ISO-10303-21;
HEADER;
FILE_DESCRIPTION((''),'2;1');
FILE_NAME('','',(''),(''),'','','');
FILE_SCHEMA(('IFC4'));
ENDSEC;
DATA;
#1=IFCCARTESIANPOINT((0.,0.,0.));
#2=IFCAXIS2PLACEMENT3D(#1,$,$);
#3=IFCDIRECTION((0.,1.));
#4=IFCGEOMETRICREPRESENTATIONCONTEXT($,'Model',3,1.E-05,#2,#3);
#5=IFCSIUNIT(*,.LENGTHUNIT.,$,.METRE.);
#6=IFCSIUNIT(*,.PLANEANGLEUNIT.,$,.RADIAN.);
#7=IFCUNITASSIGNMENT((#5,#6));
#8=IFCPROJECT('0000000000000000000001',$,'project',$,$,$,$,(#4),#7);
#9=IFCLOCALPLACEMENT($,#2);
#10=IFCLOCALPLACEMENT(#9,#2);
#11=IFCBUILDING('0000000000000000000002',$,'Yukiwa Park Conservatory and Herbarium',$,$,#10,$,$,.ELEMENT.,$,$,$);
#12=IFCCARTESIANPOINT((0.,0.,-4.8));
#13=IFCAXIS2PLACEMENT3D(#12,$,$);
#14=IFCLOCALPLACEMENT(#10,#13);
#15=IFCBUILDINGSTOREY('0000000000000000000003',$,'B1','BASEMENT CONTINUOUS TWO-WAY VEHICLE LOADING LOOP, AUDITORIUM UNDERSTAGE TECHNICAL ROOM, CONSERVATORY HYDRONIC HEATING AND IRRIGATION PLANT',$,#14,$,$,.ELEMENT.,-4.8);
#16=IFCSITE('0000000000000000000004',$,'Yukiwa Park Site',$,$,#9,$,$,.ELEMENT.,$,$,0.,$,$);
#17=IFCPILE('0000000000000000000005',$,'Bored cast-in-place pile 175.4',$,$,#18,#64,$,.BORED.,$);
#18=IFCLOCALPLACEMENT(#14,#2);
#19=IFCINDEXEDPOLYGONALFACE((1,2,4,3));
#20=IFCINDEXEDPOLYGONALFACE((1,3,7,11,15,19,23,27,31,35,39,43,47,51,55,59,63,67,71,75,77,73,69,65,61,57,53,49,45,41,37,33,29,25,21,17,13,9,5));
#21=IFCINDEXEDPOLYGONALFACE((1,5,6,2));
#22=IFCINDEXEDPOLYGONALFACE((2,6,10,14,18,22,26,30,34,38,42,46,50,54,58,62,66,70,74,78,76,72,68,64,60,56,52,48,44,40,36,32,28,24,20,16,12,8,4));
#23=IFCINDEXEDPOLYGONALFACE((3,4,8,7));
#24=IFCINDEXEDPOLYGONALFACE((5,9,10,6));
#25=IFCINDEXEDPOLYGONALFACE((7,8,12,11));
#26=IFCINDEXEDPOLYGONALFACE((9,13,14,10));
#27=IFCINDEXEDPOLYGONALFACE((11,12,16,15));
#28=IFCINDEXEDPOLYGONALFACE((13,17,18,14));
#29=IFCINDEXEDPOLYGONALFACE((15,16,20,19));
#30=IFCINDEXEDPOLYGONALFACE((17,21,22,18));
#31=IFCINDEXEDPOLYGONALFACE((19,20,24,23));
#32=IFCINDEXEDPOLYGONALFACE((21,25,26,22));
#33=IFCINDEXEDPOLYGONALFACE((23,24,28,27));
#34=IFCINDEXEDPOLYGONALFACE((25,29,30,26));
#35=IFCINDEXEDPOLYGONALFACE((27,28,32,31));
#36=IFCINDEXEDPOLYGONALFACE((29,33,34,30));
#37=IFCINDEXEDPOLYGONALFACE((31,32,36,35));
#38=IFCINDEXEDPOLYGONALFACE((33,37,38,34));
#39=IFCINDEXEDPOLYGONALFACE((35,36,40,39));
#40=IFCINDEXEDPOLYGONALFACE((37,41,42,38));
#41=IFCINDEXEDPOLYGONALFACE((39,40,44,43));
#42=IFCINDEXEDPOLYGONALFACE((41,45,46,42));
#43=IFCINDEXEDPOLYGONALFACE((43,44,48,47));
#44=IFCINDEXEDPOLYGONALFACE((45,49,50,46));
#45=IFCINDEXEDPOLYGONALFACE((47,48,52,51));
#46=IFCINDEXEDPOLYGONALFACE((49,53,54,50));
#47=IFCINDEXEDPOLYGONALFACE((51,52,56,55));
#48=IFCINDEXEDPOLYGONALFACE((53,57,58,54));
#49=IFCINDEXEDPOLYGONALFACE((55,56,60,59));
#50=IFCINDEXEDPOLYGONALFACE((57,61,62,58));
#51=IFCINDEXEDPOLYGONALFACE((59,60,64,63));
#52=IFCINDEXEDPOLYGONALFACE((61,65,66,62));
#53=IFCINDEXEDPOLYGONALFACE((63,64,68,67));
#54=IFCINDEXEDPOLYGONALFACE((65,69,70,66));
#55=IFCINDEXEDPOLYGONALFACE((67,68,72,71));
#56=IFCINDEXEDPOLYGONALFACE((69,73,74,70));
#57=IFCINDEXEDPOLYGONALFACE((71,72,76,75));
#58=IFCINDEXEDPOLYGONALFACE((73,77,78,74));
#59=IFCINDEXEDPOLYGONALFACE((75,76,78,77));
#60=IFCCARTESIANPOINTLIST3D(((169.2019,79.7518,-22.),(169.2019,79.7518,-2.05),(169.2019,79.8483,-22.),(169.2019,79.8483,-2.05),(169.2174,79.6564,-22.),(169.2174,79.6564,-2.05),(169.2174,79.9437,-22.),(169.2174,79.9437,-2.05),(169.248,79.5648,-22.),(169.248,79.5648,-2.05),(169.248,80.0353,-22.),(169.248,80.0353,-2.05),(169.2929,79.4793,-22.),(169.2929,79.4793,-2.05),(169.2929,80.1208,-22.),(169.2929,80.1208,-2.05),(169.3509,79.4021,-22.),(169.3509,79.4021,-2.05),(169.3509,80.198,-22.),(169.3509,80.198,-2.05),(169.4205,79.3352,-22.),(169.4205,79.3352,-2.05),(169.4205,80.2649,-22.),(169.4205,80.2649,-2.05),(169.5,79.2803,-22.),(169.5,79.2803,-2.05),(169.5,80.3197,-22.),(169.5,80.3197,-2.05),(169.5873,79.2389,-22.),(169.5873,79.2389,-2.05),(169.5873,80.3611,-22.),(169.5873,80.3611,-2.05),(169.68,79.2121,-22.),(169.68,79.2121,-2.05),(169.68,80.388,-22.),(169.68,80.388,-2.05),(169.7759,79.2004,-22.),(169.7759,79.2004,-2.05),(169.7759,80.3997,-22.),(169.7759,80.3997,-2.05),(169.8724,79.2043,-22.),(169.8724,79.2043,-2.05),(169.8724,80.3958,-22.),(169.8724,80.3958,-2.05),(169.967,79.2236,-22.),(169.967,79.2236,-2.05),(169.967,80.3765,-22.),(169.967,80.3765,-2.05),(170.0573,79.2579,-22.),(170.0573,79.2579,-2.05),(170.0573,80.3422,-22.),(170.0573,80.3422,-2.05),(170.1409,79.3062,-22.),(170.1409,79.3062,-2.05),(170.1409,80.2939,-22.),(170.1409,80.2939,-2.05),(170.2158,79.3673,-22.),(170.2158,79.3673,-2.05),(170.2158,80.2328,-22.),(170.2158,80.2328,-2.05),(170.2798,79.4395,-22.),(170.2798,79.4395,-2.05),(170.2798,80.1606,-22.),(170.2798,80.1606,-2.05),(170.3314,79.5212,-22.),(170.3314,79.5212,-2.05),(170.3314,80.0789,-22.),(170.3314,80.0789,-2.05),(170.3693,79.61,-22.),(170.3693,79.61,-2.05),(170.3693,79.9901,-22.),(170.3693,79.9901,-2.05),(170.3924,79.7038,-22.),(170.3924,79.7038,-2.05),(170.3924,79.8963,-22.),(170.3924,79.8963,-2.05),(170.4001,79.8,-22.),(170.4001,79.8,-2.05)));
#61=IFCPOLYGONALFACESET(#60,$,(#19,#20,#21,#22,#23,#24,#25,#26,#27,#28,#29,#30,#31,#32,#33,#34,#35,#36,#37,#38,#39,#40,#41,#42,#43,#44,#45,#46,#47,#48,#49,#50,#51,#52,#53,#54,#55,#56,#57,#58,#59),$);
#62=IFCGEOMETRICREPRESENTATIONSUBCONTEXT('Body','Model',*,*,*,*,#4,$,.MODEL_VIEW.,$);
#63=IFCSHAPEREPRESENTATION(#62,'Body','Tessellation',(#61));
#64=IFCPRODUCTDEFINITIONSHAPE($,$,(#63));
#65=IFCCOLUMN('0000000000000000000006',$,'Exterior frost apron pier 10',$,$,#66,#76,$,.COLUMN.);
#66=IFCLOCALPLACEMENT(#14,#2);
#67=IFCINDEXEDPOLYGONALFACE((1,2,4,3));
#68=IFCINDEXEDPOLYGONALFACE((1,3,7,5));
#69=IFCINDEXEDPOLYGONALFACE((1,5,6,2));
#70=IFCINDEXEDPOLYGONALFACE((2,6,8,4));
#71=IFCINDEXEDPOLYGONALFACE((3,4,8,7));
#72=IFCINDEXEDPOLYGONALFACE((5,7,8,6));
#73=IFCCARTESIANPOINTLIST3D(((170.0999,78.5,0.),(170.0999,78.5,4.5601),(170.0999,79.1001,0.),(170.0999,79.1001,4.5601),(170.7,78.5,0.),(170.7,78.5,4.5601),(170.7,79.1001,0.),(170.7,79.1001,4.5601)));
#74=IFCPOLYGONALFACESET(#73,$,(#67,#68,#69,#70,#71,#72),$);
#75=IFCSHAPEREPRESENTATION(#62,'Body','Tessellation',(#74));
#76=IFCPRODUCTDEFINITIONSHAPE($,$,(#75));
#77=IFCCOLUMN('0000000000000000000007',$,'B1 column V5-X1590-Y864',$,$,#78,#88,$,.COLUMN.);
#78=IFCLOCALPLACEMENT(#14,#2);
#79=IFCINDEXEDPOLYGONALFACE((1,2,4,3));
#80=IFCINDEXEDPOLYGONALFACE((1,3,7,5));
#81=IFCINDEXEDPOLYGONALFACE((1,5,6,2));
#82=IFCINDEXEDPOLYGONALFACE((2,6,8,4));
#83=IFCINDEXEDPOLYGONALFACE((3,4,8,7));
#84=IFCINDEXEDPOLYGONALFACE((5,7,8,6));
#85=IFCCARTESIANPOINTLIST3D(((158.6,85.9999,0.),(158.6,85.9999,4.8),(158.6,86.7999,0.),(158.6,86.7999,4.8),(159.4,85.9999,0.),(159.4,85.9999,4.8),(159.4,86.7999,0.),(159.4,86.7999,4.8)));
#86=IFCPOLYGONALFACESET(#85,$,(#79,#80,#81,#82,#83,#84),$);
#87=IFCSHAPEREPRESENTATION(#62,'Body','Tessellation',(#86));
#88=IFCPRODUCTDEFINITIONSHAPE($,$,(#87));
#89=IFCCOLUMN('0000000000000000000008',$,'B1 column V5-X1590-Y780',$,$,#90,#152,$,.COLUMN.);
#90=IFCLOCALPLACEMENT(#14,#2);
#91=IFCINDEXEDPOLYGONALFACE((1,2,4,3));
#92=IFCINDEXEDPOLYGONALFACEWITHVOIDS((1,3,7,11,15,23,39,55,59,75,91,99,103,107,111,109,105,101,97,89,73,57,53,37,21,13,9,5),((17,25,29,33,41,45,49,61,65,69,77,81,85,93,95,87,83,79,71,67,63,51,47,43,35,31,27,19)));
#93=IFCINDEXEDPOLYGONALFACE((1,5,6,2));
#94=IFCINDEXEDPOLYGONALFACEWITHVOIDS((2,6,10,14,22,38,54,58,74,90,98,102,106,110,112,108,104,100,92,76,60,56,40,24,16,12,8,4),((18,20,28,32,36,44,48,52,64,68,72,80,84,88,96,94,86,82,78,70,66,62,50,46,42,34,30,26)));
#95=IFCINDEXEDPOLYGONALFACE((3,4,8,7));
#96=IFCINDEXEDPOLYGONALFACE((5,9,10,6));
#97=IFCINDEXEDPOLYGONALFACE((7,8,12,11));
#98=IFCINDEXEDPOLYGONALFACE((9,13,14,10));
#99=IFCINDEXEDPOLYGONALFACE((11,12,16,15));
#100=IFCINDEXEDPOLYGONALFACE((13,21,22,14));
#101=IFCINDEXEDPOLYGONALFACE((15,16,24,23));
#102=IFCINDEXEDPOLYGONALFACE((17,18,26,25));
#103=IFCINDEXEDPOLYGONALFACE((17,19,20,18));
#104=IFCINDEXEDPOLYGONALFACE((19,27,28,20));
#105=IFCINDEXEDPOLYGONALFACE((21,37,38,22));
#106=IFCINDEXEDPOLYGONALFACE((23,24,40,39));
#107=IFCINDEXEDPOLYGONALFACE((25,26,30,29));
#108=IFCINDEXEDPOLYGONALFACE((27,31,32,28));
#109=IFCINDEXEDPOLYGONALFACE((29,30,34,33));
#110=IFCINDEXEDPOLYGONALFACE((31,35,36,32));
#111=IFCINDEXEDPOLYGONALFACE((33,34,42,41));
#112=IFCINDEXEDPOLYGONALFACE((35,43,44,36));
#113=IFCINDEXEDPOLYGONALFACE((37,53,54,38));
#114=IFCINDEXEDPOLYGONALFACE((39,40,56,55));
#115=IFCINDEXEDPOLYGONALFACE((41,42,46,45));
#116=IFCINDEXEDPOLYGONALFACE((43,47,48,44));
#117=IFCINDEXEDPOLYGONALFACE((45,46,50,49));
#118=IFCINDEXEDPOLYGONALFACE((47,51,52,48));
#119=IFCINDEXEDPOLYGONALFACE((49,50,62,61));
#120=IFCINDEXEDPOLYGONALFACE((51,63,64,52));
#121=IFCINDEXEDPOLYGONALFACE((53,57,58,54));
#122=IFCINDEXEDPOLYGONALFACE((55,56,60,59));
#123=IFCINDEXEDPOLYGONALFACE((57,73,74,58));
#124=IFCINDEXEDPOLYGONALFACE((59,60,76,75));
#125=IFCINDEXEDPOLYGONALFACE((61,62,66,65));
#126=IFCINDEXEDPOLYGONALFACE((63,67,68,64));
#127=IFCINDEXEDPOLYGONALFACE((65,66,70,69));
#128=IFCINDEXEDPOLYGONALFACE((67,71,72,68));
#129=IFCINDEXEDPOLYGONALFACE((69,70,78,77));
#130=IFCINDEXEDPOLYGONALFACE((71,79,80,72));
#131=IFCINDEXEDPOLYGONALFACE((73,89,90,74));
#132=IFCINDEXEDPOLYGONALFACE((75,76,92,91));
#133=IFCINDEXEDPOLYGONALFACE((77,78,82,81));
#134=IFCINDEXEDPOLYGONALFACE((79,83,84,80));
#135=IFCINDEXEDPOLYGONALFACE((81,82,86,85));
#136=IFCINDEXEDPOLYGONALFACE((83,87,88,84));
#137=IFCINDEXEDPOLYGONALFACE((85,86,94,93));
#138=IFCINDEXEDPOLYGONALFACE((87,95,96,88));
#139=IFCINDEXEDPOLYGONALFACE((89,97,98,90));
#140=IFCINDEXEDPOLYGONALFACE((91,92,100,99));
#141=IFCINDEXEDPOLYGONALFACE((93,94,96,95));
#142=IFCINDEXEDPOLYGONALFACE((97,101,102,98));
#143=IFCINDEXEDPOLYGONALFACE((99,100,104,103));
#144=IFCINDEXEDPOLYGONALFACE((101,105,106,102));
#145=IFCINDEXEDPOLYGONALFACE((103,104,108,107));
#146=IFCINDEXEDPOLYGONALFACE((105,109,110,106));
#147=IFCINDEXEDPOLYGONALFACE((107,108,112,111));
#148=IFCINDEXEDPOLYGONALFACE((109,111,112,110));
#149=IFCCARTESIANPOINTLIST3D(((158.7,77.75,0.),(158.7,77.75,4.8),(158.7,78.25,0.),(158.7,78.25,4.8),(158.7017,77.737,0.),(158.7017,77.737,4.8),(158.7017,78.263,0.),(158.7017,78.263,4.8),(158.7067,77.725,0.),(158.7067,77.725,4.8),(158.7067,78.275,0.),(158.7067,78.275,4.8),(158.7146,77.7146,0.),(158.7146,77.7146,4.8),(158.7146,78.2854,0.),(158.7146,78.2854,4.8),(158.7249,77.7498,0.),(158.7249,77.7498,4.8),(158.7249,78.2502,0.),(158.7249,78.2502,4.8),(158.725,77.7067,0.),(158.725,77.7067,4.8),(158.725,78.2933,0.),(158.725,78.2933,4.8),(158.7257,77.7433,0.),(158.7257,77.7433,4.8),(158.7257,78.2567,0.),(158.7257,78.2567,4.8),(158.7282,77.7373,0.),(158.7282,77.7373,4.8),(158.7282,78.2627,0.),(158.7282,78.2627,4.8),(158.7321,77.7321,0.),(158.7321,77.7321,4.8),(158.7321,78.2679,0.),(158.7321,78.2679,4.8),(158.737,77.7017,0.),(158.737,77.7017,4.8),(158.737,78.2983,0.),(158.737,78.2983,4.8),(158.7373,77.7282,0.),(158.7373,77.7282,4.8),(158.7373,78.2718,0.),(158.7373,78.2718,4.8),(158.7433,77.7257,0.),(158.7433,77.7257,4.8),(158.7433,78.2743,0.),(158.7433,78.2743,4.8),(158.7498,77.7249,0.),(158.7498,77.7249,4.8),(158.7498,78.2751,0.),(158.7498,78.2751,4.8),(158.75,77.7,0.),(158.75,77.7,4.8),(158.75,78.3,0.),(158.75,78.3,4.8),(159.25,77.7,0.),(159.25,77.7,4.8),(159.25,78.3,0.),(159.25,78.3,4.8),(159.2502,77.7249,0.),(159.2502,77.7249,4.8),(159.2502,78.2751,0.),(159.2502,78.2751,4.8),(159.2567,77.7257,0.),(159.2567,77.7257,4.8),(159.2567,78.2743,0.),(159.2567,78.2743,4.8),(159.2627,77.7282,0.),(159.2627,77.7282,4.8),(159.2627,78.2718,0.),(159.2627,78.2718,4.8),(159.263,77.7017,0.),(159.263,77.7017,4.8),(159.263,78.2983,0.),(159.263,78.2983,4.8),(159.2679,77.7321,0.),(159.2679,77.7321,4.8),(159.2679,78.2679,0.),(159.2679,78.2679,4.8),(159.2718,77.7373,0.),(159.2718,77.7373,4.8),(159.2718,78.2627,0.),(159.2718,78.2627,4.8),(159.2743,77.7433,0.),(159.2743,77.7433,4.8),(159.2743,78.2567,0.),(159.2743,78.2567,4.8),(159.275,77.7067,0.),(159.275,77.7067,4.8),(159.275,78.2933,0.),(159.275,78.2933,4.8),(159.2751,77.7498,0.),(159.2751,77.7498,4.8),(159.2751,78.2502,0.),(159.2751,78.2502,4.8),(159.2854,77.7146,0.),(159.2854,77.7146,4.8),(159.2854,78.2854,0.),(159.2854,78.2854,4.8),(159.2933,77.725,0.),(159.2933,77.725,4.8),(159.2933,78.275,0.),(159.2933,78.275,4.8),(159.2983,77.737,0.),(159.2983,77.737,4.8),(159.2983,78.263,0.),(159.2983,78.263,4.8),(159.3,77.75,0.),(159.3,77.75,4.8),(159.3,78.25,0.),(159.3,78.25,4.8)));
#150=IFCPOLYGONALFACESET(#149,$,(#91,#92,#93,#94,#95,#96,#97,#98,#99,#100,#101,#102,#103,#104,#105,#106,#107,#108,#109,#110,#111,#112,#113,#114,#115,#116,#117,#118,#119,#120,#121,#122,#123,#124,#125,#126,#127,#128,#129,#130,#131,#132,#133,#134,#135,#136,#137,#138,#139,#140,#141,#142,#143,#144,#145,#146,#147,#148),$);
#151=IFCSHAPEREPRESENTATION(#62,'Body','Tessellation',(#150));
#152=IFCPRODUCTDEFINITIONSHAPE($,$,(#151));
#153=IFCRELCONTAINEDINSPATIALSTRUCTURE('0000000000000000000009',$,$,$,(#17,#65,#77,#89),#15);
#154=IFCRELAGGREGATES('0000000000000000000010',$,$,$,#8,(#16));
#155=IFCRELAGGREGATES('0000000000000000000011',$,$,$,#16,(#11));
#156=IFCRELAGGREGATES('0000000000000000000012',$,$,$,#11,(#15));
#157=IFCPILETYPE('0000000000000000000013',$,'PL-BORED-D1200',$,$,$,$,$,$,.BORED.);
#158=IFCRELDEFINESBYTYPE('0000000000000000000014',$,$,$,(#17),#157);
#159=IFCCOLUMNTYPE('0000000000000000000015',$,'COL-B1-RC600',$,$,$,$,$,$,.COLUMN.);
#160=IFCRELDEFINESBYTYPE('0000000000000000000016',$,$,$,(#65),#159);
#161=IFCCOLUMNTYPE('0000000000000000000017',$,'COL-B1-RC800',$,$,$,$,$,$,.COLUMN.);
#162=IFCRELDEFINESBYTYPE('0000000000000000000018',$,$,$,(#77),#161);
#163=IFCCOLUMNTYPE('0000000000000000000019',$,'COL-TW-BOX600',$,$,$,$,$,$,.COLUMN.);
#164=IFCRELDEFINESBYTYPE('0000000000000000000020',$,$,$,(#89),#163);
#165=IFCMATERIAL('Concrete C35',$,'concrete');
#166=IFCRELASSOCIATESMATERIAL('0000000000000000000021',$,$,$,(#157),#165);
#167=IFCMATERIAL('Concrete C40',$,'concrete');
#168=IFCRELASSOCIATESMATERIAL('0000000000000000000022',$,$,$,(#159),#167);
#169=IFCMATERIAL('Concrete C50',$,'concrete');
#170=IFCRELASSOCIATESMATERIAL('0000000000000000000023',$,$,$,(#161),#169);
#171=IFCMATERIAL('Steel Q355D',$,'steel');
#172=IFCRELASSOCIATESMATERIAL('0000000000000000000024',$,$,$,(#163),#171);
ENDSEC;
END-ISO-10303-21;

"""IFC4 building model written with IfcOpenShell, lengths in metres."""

from ifc_helpers import new_model, si_unit, direction, frame, origin, origin_2d, place, context, subcontext, project, spatial, rectangle, hollow_rectangle, circle, extrude, material, material_profile, profile_set, type_object, element, save


model = new_model("IFC4")

# Units and contexts
model_context = context("Model", 3, precision=1e-05, world=origin(), true_north=direction((0.0, 1.0)))
body_context = subcontext(model_context, "Body", "Model", "MODEL_VIEW")
ifc_project = project(units=[si_unit("LENGTHUNIT", "METRE"), si_unit("PLANEANGLEUNIT", "RADIAN")], contexts=[model_context])

# Site, building, storey
site_placement = place(None, origin())
site = spatial("IfcSite", under=ifc_project, at=site_placement, Name="Yukiwa Park Site", CompositionType="ELEMENT", RefElevation=0.0)
building_placement = place(site_placement, origin())
building = spatial("IfcBuilding", under=site, at=building_placement, Name="Yukiwa Park Conservatory and Herbarium", CompositionType="ELEMENT")
storey_placement = place(building_placement, frame((0.0, 0.0, -4.8)))
storey = spatial("IfcBuildingStorey", under=building, at=storey_placement, Name="B1", Description="BASEMENT CONTINUOUS TWO-WAY VEHICLE LOADING LOOP, AUDITORIUM UNDERSTAGE TECHNICAL ROOM, CONSERVATORY HYDRONIC HEATING AND IRRIGATION PLANT", CompositionType="ELEMENT", Elevation=-4.8)

# Pile
ifc_material_1 = material(Name="Concrete C35", Category="concrete")
ifc_material_profile_1 = material_profile(ifc_material_1, circle(Radius=0.6001, at=origin_2d()), Name="PILE D1200")
ifc_profile_set_1 = profile_set([ifc_material_profile_1], Name="Concrete C35")
pile_type_1 = type_object("IfcPileType", Name="PL-BORED-D1200", PredefinedType="BORED", material=ifc_profile_set_1)
for number, where, z_axis, x_axis, name in (
    (1, (169.8, 79.8, -2.05), (0.0, 0.0, -1.0), (1.0, 0.0, 0.0), "Bored cast-in-place pile 175.4"),
):
    element("IfcPile", number, at=place(storey_placement, frame(where, z_axis=z_axis, x_axis=x_axis)), inside=storey, type_object=pile_type_1, Name=name, PredefinedType="BORED", context=body_context, shape_type="SweptSolid", body=[
        extrude(circle(Radius=0.6001, at=origin_2d()), origin(), (0.0, 0.0, 1.0), 19.95),
    ])

# Columns
ifc_material_2 = material(Name="Concrete C40", Category="concrete")
ifc_material_profile_2 = material_profile(ifc_material_2, rectangle(XDim=0.6001, YDim=0.6001, at=origin_2d()), Name="RC 600x600")
ifc_profile_set_2 = profile_set([ifc_material_profile_2], Name="Concrete C40")
column_type_1 = type_object("IfcColumnType", Name="COL-B1-RC600", PredefinedType="COLUMN", material=ifc_profile_set_2)
column_1_placement = place(storey_placement, frame((170.3999, 78.8, 0.0), z_axis=(0.0, 0.0, 1.0), x_axis=(1.0, 0.0, 0.0)))
element("IfcColumn", 2, at=column_1_placement, inside=storey, type_object=column_type_1, Name="Exterior frost apron pier 10", PredefinedType="COLUMN", context=body_context, shape_type="SweptSolid", body=[
    extrude(rectangle(XDim=0.6001, YDim=0.6001, at=origin_2d()), origin(), (0.0, 0.0, 1.0), 4.5601),
])
ifc_material_3 = material(Name="Concrete C50", Category="concrete")
ifc_material_profile_3 = material_profile(ifc_material_3, rectangle(XDim=0.8, YDim=0.8, at=origin_2d()), Name="RC 800x800")
ifc_profile_set_3 = profile_set([ifc_material_profile_3], Name="Concrete C50")
column_type_2 = type_object("IfcColumnType", Name="COL-B1-RC800", PredefinedType="COLUMN", material=ifc_profile_set_3)
column_2_placement = place(storey_placement, frame((159.0, 86.3999, 0.0), z_axis=(0.0, 0.0, 1.0), x_axis=(1.0, 0.0, 0.0)))
element("IfcColumn", 3, at=column_2_placement, inside=storey, type_object=column_type_2, Name="B1 column V5-X1590-Y864", PredefinedType="COLUMN", context=body_context, shape_type="SweptSolid", body=[
    extrude(rectangle(XDim=0.8, YDim=0.8, at=origin_2d()), origin(), (0.0, 0.0, 1.0), 4.8),
])
ifc_material_4 = material(Name="Steel Q355D", Category="steel")
ifc_material_profile_4 = material_profile(ifc_material_4, hollow_rectangle(XDim=0.6001, YDim=0.6001, WallThickness=0.0249, InnerFilletRadius=0.0249, OuterFilletRadius=0.05, at=origin_2d()), Name="BOX 600x600x25")
ifc_profile_set_4 = profile_set([ifc_material_profile_4], Name="Steel Q355D")
column_type_3 = type_object("IfcColumnType", Name="COL-TW-BOX600", PredefinedType="COLUMN", material=ifc_profile_set_4)
for number, where, z_axis, x_axis, name in (
    (4, (159.0, 78.0, 0.0), (0.0, 0.0, 1.0), (1.0, 0.0, 0.0), "B1 column V5-X1590-Y780"),
):
    element("IfcColumn", number, at=place(storey_placement, frame(where, z_axis=z_axis, x_axis=x_axis)), inside=storey, type_object=column_type_3, Name=name, PredefinedType="COLUMN", context=body_context, shape_type="SweptSolid", body=[
        extrude(hollow_rectangle(XDim=0.6001, YDim=0.6001, WallThickness=0.0249, InnerFilletRadius=0.0249, OuterFilletRadius=0.05, at=origin_2d()), origin(), (0.0, 0.0, 1.0), 4.8),
    ])

save(model, "model.ifc")
